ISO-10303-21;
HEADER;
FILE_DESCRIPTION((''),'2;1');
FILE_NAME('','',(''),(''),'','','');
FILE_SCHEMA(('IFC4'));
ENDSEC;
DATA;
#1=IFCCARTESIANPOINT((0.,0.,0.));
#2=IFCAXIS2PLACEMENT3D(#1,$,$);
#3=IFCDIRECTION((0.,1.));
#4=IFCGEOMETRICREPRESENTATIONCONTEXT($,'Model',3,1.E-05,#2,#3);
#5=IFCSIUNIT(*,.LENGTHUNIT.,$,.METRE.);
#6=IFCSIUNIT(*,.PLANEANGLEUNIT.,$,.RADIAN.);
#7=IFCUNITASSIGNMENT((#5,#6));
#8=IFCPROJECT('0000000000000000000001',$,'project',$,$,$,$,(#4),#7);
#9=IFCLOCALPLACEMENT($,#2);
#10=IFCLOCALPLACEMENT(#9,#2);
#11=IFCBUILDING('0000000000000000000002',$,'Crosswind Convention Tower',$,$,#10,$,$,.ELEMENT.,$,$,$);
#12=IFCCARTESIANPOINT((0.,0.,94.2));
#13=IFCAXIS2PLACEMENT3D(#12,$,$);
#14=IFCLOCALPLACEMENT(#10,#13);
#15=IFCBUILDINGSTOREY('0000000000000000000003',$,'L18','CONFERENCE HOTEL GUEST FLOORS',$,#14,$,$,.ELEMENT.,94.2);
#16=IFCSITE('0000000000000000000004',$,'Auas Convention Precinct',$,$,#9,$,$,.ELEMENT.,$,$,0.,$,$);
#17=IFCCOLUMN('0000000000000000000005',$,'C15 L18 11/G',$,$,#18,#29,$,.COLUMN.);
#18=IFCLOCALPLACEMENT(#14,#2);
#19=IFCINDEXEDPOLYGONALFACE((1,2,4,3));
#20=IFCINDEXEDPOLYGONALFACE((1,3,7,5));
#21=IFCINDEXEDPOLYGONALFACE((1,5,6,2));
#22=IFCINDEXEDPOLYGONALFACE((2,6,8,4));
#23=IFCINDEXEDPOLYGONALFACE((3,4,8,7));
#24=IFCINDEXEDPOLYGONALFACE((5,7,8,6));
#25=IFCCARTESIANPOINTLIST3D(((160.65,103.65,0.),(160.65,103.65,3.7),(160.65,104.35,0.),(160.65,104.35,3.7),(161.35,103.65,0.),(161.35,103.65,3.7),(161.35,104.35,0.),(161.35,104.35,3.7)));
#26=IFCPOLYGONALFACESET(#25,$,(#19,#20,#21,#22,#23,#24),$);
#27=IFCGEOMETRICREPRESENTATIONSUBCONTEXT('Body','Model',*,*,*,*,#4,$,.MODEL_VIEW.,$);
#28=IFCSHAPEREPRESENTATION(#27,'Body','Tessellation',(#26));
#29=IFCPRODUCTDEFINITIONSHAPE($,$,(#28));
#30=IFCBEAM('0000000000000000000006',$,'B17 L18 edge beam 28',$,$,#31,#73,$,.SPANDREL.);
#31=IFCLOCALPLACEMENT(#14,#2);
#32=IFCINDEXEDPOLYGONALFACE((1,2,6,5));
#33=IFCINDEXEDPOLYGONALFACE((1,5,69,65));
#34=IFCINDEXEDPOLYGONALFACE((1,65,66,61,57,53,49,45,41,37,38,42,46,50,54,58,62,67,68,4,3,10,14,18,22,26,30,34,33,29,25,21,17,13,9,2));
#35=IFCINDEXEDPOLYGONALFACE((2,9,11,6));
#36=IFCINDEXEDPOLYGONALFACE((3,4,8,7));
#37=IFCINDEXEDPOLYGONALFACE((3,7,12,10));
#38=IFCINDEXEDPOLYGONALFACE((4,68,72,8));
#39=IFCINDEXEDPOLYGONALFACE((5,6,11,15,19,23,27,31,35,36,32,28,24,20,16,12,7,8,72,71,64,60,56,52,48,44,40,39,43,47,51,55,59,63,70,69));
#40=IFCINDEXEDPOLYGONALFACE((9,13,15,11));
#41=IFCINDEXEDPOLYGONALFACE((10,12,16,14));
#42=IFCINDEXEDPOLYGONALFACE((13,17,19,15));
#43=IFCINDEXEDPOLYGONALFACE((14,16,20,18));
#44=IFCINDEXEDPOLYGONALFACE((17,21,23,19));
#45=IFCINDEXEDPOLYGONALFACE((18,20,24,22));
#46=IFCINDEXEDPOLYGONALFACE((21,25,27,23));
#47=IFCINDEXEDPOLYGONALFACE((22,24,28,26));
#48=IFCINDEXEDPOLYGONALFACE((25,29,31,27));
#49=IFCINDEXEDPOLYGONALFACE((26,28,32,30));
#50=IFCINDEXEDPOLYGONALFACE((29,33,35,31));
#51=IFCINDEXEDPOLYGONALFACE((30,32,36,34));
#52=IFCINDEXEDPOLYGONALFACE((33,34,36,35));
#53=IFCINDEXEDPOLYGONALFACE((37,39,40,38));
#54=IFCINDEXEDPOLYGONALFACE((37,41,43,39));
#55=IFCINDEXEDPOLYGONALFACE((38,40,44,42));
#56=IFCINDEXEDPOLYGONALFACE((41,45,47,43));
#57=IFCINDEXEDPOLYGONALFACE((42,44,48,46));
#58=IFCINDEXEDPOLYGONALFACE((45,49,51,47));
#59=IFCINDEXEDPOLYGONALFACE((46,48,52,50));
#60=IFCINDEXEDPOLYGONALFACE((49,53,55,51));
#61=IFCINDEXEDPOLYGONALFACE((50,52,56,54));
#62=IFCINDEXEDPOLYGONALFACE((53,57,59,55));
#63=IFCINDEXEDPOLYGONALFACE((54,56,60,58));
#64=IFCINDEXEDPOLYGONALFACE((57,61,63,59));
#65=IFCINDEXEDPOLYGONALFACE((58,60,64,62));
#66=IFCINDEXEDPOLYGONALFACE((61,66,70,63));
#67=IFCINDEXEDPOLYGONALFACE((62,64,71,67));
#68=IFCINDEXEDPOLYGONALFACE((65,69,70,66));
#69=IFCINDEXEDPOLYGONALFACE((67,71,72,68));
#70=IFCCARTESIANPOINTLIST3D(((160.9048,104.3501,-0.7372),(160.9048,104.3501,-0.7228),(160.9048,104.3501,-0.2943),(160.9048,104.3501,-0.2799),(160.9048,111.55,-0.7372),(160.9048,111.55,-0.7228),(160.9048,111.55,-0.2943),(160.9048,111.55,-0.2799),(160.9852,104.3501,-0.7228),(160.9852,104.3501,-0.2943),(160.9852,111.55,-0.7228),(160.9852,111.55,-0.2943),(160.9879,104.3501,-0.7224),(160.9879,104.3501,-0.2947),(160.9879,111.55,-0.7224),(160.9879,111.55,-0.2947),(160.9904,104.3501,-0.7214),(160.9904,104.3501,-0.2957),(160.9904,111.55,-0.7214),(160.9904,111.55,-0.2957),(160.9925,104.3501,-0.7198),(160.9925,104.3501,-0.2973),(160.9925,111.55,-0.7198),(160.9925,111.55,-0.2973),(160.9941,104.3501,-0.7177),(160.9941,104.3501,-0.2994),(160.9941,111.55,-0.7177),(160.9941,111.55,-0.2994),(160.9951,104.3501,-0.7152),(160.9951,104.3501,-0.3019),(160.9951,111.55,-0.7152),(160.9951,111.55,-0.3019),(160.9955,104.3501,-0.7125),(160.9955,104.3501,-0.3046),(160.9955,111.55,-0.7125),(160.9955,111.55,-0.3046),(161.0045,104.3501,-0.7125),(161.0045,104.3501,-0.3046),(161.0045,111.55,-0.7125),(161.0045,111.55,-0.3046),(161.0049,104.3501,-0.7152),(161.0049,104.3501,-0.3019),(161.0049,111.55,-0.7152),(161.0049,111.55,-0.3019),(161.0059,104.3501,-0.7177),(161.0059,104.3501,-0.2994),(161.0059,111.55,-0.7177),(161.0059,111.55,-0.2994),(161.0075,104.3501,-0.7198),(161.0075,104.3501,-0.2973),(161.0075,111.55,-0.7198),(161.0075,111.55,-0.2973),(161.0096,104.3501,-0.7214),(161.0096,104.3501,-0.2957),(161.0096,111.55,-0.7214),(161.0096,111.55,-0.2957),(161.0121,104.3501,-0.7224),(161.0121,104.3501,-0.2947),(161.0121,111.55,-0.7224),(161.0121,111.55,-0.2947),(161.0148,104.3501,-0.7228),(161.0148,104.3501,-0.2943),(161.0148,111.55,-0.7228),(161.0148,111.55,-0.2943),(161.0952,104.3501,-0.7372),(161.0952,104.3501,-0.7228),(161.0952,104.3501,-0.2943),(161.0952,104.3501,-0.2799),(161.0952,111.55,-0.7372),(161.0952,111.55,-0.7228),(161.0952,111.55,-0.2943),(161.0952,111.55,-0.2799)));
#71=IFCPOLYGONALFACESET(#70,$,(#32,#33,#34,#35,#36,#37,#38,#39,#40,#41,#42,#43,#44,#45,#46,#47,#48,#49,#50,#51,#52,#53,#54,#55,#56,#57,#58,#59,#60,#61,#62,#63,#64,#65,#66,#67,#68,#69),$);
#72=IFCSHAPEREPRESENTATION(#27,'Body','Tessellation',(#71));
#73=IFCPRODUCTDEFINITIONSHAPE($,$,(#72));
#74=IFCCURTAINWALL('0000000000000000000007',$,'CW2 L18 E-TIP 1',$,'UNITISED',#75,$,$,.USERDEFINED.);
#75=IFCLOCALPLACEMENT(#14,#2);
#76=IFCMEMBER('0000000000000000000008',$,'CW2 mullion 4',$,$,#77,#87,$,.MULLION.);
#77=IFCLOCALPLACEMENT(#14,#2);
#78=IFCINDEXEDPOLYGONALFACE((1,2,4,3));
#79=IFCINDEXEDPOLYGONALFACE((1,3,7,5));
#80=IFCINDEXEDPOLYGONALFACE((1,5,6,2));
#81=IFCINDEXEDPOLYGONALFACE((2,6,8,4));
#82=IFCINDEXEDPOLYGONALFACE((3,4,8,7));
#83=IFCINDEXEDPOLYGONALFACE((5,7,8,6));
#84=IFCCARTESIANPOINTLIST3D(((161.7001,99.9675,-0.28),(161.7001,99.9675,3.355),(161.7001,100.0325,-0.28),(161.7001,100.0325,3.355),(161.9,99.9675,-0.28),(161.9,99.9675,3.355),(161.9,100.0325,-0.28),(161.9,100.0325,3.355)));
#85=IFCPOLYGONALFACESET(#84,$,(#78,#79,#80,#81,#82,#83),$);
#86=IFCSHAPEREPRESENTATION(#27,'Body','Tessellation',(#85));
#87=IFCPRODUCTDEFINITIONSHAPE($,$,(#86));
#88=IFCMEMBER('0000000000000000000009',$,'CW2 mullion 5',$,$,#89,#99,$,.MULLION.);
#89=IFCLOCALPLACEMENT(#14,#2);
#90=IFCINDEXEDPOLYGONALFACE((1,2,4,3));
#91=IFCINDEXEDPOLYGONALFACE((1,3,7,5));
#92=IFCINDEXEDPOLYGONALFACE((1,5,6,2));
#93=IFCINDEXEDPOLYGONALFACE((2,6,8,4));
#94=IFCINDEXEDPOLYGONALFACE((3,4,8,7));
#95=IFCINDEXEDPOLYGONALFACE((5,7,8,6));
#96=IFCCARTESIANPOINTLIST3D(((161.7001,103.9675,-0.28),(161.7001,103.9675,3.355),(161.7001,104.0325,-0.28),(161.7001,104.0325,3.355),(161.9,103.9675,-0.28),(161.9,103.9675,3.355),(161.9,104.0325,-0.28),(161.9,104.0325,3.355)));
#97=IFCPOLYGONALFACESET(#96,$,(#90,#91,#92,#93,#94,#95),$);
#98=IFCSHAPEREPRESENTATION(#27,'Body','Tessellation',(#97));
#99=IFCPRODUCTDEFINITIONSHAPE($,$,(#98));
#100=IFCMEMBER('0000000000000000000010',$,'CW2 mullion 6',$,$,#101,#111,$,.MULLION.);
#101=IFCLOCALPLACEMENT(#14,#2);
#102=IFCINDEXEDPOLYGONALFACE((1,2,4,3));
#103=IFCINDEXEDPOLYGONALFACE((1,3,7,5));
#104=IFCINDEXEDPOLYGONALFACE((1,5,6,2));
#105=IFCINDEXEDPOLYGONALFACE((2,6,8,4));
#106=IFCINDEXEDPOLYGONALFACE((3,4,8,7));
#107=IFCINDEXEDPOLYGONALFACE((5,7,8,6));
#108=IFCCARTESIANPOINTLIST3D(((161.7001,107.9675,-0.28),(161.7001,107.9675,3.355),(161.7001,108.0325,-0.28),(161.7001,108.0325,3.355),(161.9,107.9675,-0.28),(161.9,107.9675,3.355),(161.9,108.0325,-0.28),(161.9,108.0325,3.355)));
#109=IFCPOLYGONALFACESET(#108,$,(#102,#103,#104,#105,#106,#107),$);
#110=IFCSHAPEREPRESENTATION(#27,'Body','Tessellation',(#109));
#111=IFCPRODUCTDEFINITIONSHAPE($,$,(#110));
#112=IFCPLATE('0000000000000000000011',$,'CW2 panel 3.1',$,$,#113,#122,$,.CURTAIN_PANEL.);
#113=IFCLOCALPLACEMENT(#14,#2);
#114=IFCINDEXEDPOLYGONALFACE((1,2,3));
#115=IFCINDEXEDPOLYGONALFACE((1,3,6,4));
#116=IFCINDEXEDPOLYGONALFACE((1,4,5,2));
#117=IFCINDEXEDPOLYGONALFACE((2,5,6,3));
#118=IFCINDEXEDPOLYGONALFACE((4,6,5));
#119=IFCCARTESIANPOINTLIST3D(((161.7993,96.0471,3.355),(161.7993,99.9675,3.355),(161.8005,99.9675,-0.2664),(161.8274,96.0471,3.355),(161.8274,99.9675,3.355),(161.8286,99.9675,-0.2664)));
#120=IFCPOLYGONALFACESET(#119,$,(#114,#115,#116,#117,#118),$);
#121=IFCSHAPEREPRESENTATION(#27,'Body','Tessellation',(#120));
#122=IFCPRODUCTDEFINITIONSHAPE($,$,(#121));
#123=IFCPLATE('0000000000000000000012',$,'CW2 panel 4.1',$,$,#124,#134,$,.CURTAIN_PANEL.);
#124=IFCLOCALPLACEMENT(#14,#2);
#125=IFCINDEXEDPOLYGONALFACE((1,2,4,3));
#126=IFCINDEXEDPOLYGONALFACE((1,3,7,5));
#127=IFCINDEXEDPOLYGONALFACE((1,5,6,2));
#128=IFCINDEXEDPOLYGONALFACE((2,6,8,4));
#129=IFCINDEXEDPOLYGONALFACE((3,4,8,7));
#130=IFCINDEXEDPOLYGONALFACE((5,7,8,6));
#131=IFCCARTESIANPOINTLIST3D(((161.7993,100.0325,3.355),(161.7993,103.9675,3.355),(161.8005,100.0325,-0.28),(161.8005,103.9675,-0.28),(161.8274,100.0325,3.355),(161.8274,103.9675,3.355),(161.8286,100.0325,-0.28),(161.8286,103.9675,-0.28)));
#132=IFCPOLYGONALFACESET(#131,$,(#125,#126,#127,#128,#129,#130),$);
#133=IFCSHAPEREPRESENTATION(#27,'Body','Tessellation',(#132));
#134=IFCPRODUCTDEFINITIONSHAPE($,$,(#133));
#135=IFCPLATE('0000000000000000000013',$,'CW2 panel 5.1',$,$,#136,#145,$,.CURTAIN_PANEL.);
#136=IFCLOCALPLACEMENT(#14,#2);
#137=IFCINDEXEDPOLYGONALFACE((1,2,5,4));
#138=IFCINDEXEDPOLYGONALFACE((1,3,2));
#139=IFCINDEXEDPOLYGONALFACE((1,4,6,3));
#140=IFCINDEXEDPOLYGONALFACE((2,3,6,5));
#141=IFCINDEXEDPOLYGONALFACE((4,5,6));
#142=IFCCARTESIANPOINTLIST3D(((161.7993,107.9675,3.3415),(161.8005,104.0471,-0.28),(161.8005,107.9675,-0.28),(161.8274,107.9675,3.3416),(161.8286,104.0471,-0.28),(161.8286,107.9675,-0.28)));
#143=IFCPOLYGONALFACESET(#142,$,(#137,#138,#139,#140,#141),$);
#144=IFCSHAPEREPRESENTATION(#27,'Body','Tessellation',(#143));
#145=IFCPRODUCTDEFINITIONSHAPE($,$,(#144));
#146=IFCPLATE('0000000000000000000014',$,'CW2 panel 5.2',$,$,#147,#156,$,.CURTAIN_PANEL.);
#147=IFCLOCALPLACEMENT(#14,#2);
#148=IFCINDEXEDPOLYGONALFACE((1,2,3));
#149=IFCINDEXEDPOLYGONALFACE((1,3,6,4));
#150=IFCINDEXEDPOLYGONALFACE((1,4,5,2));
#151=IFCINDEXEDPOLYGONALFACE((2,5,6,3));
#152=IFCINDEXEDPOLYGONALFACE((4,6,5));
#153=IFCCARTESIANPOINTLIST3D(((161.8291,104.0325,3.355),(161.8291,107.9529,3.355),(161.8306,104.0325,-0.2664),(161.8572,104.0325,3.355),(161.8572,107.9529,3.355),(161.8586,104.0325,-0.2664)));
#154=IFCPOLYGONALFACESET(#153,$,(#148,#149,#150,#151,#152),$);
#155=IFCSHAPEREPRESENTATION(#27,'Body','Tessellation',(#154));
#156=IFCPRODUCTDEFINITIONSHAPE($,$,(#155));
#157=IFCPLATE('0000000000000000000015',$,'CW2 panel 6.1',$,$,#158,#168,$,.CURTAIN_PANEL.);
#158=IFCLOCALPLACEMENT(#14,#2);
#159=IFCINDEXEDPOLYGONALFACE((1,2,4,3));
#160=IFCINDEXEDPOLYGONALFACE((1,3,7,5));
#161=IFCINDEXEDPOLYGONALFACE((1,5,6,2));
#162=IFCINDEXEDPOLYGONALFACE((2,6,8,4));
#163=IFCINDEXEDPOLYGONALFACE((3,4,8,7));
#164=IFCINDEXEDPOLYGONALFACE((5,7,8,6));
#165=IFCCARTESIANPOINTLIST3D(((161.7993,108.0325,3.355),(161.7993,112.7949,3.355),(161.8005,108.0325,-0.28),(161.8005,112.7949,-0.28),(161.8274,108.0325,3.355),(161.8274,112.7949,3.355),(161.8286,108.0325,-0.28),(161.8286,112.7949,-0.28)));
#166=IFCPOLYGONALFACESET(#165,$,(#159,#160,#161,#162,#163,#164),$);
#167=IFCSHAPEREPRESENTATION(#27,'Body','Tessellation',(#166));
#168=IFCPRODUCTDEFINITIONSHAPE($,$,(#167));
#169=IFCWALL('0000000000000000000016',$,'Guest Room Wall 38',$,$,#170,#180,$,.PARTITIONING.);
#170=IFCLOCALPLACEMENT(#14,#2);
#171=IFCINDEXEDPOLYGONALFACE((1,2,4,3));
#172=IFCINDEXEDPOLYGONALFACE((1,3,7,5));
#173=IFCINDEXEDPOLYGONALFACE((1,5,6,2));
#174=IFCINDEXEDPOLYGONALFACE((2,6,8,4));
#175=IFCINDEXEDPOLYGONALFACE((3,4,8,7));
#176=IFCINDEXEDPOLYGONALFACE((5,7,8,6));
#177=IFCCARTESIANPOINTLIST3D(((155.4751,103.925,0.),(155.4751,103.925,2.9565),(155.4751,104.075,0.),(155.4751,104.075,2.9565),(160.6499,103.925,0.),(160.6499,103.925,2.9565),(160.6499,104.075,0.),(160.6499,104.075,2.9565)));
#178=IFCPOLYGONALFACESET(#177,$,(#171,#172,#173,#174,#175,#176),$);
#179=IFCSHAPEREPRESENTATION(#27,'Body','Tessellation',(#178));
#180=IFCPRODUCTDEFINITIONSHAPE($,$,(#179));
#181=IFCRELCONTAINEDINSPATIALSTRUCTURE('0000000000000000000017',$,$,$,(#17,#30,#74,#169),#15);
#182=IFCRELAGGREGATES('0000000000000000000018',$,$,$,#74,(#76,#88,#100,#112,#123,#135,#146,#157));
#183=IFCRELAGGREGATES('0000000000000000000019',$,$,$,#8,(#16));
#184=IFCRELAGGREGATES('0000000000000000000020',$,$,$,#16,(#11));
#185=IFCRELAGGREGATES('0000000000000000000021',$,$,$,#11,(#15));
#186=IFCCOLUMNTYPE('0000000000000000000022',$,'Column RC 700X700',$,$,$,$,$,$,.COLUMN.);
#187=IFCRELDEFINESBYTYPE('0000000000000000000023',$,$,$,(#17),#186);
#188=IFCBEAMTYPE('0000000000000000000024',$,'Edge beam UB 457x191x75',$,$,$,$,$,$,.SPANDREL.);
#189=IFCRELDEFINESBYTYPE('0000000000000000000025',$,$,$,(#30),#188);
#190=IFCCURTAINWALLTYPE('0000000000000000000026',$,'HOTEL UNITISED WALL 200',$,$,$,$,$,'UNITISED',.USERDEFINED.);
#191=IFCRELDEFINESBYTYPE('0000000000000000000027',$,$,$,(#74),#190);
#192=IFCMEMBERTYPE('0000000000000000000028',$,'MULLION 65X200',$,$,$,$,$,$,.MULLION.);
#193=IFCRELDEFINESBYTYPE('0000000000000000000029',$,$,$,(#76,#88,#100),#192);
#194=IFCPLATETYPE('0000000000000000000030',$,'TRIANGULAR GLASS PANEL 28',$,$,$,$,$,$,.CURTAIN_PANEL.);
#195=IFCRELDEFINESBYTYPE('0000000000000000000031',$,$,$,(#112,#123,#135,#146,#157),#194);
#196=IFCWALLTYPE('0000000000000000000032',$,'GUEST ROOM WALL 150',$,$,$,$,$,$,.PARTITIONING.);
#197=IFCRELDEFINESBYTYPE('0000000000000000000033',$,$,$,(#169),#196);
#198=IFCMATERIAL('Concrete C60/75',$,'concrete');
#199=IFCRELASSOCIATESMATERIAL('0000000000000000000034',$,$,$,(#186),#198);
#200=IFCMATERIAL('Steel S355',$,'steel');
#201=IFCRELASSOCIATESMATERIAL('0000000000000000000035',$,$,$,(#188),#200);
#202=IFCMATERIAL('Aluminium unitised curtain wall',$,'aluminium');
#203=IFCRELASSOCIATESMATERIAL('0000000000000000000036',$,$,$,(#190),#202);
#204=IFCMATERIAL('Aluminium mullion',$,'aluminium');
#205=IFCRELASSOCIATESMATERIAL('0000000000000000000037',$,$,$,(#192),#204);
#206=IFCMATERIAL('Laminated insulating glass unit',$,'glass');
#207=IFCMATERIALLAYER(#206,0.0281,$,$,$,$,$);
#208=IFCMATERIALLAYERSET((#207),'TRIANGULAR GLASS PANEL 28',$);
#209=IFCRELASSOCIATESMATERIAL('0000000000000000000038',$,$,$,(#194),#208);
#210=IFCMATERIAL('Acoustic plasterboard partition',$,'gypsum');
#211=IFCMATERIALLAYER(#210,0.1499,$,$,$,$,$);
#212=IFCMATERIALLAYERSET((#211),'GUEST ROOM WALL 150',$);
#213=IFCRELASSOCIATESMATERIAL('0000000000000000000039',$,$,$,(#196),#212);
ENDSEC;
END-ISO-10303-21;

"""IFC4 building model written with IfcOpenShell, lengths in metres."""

from ifc_helpers import new_model, si_unit, direction, frame, frame_2d, origin, origin_2d, place, context, subcontext, project, spatial, polyline, rectangle, i_section, outline, extrude, material, layer, layer_set, material_profile, profile_set, type_object, element, aggregate, save


model = new_model("IFC4")

# Units and contexts
model_context = context("Model", 3, precision=1e-05, world=origin(), true_north=direction((0.0, 1.0)))
body_context = subcontext(model_context, "Body", "Model", "MODEL_VIEW")
ifc_project = project(units=[si_unit("LENGTHUNIT", "METRE"), si_unit("PLANEANGLEUNIT", "RADIAN")], contexts=[model_context])

# Site, building, storey
site_placement = place(None, origin())
site = spatial("IfcSite", under=ifc_project, at=site_placement, Name="Auas Convention Precinct", CompositionType="ELEMENT", RefElevation=0.0)
building_placement = place(site_placement, origin())
building = spatial("IfcBuilding", under=site, at=building_placement, Name="Crosswind Convention Tower", CompositionType="ELEMENT")
storey_placement = place(building_placement, frame((0.0, 0.0, 94.2)))
storey = spatial("IfcBuildingStorey", under=building, at=storey_placement, Name="L18", Description="CONFERENCE HOTEL GUEST FLOORS", CompositionType="ELEMENT", Elevation=94.2)

# Column
ifc_material_1 = material(Name="Concrete C60/75", Category="concrete")
ifc_material_profile_1 = material_profile(ifc_material_1, rectangle(XDim=0.7, YDim=0.7, at=origin_2d()), Name="RC 700X700")
ifc_profile_set_1 = profile_set([ifc_material_profile_1], Name="Concrete C60/75")
column_type = type_object("IfcColumnType", Name="Column RC 700X700", PredefinedType="COLUMN", material=ifc_profile_set_1)
column_placement = place(storey_placement, frame((161.0, 104.0, 0.0), z_axis=(0.0, 0.0, 1.0), x_axis=(1.0, 0.0, 0.0)))
element("IfcColumn", 1, at=column_placement, inside=storey, type_object=column_type, Name="C15 L18 11/G", PredefinedType="COLUMN", context=body_context, shape_type="SweptSolid", body=[
    extrude(rectangle(XDim=0.7, YDim=0.7, at=origin_2d()), origin(), (0.0, 0.0, 1.0), 3.7),
])

# Beam
ifc_material_2 = material(Name="Steel S355", Category="steel")
ifc_material_profile_2 = material_profile(ifc_material_2, i_section(OverallWidth=0.1904, OverallDepth=0.4573, WebThickness=0.009, FlangeThickness=0.0144, FilletRadius=0.0103, at=origin_2d()), Name="UB 457x191x75")
ifc_profile_set_2 = profile_set([ifc_material_profile_2], Name="Steel S355")
beam_type = type_object("IfcBeamType", Name="Edge beam UB 457x191x75", PredefinedType="SPANDREL", material=ifc_profile_set_2)
beam_placement = place(storey_placement, frame((161.0, 104.3501, -0.5085), z_axis=(0.0, 1.0, 0.0), x_axis=(-1.0, 0.0, 0.0)))
element("IfcBeam", 2, at=beam_placement, inside=storey, type_object=beam_type, Name="B17 L18 edge beam 28", PredefinedType="SPANDREL", context=body_context, shape_type="SweptSolid", body=[
    extrude(i_section(OverallWidth=0.1904, OverallDepth=0.4573, WebThickness=0.009, FlangeThickness=0.0144, FilletRadius=0.0103, at=origin_2d()), origin(), (0.0, 0.0, 1.0), 7.2),
])

# Curtain wall, members, plates
ifc_material_3 = material(Name="Aluminium unitised curtain wall", Category="aluminium")
curtain_wall_type = type_object("IfcCurtainWallType", Name="HOTEL UNITISED WALL 200", ElementType="UNITISED", PredefinedType="USERDEFINED", material=ifc_material_3)
curtain_wall_placement = place(storey_placement, origin())
curtain_wall = element("IfcCurtainWall", 3, at=curtain_wall_placement, inside=storey, type_object=curtain_wall_type, Name="CW2 L18 E-TIP 1", ObjectType="UNITISED", PredefinedType="USERDEFINED")
ifc_material_4 = material(Name="Aluminium mullion", Category="aluminium")
ifc_material_profile_3 = material_profile(ifc_material_4, rectangle(XDim=0.2, YDim=0.0649, at=origin_2d()), Name="AL 200X65")
ifc_profile_set_3 = profile_set([ifc_material_profile_3], Name="Aluminium mullion")
member_type = type_object("IfcMemberType", Name="MULLION 65X200", PredefinedType="MULLION", material=ifc_profile_set_3)
member_1_placement = place(storey_placement, frame((161.8, 100.0, -0.28), z_axis=(0.0, 0.0, 1.0), x_axis=(1.0, 0.0, 0.0)))
member_1 = element("IfcMember", 4, at=member_1_placement, type_object=member_type, Name="CW2 mullion 4", PredefinedType="MULLION", context=body_context, shape_type="SweptSolid", body=[
    extrude(rectangle(XDim=0.2, YDim=0.0649, at=origin_2d()), origin(), (0.0, 0.0, 1.0), 3.635),
])
member_2_placement = place(storey_placement, frame((161.8, 104.0, -0.28), z_axis=(0.0, 0.0, 1.0), x_axis=(1.0, 0.0, 0.0)))
member_2 = element("IfcMember", 5, at=member_2_placement, type_object=member_type, Name="CW2 mullion 5", PredefinedType="MULLION", context=body_context, shape_type="SweptSolid", body=[
    extrude(rectangle(XDim=0.2, YDim=0.0649, at=origin_2d()), origin(), (0.0, 0.0, 1.0), 3.635),
])
member_3_placement = place(storey_placement, frame((161.8, 108.0, -0.28), z_axis=(0.0, 0.0, 1.0), x_axis=(1.0, 0.0, 0.0)))
member_3 = element("IfcMember", 6, at=member_3_placement, type_object=member_type, Name="CW2 mullion 6", PredefinedType="MULLION", context=body_context, shape_type="SweptSolid", body=[
    extrude(rectangle(XDim=0.2, YDim=0.0649, at=origin_2d()), origin(), (0.0, 0.0, 1.0), 3.635),
])
ifc_material_5 = material(Name="Laminated insulating glass unit", Category="glass")
ifc_layer_1 = layer(ifc_material_5, 0.0281)
ifc_layer_set_1 = layer_set([ifc_layer_1], Name="TRIANGULAR GLASS PANEL 28")
plate_type = type_object("IfcPlateType", Name="TRIANGULAR GLASS PANEL 28", PredefinedType="CURTAIN_PANEL", material=ifc_layer_set_1)
plate_1_placement = place(storey_placement, frame((161.8274, 99.9675, 3.355), z_axis=(1.0, 0.0, 0.000337), x_axis=(0.0, -1.0, 0.0)))
plate_1 = element("IfcPlate", 7, at=plate_1_placement, type_object=plate_type, Name="CW2 panel 3.1", PredefinedType="CURTAIN_PANEL", context=body_context, shape_type="SweptSolid", body=[
    extrude(outline(polyline([(0.0, 0.0), (3.9204, 0.0), (0.0, 3.6213), (0.0, 0.0)])), origin(), (0.0, 0.0, -1.0), 0.0281),
])
plate_2_placement = place(storey_placement, frame((161.8286, 100.0325, -0.28), z_axis=(1.0, 0.0, 0.000336), x_axis=(0.0, 1.0, 0.0)))
plate_2 = element("IfcPlate", 8, at=plate_2_placement, type_object=plate_type, Name="CW2 panel 4.1", PredefinedType="CURTAIN_PANEL", context=body_context, shape_type="SweptSolid", body=[
    extrude(outline(polyline([(0.0, 0.0), (3.9351, 0.0), (3.9351, 3.635), (0.0, 3.635), (0.0, 0.0)])), origin(), (0.0, 0.0, -1.0), 0.0281),
])
plate_3_placement = place(storey_placement, frame((161.8286, 107.9675, -0.28), z_axis=(1.0, 0.0, 0.000337), x_axis=(-0.000337, 0.0, 1.0)))
plate_3 = element("IfcPlate", 9, at=plate_3_placement, type_object=plate_type, Name="CW2 panel 5.1", PredefinedType="CURTAIN_PANEL", context=body_context, shape_type="SweptSolid", body=[
    extrude(outline(polyline([(0.0, 0.0), (3.6216, 0.0), (0.0, 3.9204), (0.0, 0.0)])), origin(), (0.0, 0.0, -1.0), 0.0281),
])
plate_4_placement = place(storey_placement, frame((161.8572, 104.0325, 3.355), z_axis=(1.0, 0.0, 0.000405), x_axis=(0.000405, 0.0, -1.0)))
plate_4 = element("IfcPlate", 10, at=plate_4_placement, type_object=plate_type, Name="CW2 panel 5.2", PredefinedType="CURTAIN_PANEL", context=body_context, shape_type="SweptSolid", body=[
    extrude(outline(polyline([(0.0, 0.0), (3.6213, 0.0), (0.0, 3.9204), (0.0, 0.0)])), origin(), (0.0, 0.0, -1.0), 0.0281),
])
plate_5_placement = place(storey_placement, frame((161.8286, 108.0325, -0.28), z_axis=(1.0, 0.0, 0.000336), x_axis=(0.0, 1.0, 0.0)))
plate_5 = element("IfcPlate", 11, at=plate_5_placement, type_object=plate_type, Name="CW2 panel 6.1", PredefinedType="CURTAIN_PANEL", context=body_context, shape_type="SweptSolid", body=[
    extrude(outline(polyline([(0.0, 0.0), (4.7625, 0.0), (4.7625, 3.635), (0.0, 3.635), (0.0, 0.0)])), origin(), (0.0, 0.0, -1.0), 0.0281),
])
aggregate(curtain_wall, [member_1, member_2, member_3, plate_1, plate_2, plate_3, plate_4, plate_5])

# Wall
ifc_material_6 = material(Name="Acoustic plasterboard partition", Category="gypsum")
ifc_layer_2 = layer(ifc_material_6, 0.1499)
ifc_layer_set_2 = layer_set([ifc_layer_2], Name="GUEST ROOM WALL 150")
wall_type_1 = type_object("IfcWallType", Name="GUEST ROOM WALL 150", PredefinedType="PARTITIONING", material=ifc_layer_set_2)
wall_1_placement = place(storey_placement, frame((155.4751, 104.0, 0.0), z_axis=(0.0, 0.0, 1.0), x_axis=(1.0, 0.0, 0.0)))
element("IfcWall", 12, at=wall_1_placement, inside=storey, type_object=wall_type_1, Name="Guest Room Wall 38", PredefinedType="PARTITIONING", context=body_context, shape_type="SweptSolid", body=[
    extrude(rectangle(XDim=5.1748, YDim=0.1499, at=frame_2d((2.5874, 0.0))), origin(), (0.0, 0.0, 1.0), 2.9565),
])

save(model, "model.ifc")
